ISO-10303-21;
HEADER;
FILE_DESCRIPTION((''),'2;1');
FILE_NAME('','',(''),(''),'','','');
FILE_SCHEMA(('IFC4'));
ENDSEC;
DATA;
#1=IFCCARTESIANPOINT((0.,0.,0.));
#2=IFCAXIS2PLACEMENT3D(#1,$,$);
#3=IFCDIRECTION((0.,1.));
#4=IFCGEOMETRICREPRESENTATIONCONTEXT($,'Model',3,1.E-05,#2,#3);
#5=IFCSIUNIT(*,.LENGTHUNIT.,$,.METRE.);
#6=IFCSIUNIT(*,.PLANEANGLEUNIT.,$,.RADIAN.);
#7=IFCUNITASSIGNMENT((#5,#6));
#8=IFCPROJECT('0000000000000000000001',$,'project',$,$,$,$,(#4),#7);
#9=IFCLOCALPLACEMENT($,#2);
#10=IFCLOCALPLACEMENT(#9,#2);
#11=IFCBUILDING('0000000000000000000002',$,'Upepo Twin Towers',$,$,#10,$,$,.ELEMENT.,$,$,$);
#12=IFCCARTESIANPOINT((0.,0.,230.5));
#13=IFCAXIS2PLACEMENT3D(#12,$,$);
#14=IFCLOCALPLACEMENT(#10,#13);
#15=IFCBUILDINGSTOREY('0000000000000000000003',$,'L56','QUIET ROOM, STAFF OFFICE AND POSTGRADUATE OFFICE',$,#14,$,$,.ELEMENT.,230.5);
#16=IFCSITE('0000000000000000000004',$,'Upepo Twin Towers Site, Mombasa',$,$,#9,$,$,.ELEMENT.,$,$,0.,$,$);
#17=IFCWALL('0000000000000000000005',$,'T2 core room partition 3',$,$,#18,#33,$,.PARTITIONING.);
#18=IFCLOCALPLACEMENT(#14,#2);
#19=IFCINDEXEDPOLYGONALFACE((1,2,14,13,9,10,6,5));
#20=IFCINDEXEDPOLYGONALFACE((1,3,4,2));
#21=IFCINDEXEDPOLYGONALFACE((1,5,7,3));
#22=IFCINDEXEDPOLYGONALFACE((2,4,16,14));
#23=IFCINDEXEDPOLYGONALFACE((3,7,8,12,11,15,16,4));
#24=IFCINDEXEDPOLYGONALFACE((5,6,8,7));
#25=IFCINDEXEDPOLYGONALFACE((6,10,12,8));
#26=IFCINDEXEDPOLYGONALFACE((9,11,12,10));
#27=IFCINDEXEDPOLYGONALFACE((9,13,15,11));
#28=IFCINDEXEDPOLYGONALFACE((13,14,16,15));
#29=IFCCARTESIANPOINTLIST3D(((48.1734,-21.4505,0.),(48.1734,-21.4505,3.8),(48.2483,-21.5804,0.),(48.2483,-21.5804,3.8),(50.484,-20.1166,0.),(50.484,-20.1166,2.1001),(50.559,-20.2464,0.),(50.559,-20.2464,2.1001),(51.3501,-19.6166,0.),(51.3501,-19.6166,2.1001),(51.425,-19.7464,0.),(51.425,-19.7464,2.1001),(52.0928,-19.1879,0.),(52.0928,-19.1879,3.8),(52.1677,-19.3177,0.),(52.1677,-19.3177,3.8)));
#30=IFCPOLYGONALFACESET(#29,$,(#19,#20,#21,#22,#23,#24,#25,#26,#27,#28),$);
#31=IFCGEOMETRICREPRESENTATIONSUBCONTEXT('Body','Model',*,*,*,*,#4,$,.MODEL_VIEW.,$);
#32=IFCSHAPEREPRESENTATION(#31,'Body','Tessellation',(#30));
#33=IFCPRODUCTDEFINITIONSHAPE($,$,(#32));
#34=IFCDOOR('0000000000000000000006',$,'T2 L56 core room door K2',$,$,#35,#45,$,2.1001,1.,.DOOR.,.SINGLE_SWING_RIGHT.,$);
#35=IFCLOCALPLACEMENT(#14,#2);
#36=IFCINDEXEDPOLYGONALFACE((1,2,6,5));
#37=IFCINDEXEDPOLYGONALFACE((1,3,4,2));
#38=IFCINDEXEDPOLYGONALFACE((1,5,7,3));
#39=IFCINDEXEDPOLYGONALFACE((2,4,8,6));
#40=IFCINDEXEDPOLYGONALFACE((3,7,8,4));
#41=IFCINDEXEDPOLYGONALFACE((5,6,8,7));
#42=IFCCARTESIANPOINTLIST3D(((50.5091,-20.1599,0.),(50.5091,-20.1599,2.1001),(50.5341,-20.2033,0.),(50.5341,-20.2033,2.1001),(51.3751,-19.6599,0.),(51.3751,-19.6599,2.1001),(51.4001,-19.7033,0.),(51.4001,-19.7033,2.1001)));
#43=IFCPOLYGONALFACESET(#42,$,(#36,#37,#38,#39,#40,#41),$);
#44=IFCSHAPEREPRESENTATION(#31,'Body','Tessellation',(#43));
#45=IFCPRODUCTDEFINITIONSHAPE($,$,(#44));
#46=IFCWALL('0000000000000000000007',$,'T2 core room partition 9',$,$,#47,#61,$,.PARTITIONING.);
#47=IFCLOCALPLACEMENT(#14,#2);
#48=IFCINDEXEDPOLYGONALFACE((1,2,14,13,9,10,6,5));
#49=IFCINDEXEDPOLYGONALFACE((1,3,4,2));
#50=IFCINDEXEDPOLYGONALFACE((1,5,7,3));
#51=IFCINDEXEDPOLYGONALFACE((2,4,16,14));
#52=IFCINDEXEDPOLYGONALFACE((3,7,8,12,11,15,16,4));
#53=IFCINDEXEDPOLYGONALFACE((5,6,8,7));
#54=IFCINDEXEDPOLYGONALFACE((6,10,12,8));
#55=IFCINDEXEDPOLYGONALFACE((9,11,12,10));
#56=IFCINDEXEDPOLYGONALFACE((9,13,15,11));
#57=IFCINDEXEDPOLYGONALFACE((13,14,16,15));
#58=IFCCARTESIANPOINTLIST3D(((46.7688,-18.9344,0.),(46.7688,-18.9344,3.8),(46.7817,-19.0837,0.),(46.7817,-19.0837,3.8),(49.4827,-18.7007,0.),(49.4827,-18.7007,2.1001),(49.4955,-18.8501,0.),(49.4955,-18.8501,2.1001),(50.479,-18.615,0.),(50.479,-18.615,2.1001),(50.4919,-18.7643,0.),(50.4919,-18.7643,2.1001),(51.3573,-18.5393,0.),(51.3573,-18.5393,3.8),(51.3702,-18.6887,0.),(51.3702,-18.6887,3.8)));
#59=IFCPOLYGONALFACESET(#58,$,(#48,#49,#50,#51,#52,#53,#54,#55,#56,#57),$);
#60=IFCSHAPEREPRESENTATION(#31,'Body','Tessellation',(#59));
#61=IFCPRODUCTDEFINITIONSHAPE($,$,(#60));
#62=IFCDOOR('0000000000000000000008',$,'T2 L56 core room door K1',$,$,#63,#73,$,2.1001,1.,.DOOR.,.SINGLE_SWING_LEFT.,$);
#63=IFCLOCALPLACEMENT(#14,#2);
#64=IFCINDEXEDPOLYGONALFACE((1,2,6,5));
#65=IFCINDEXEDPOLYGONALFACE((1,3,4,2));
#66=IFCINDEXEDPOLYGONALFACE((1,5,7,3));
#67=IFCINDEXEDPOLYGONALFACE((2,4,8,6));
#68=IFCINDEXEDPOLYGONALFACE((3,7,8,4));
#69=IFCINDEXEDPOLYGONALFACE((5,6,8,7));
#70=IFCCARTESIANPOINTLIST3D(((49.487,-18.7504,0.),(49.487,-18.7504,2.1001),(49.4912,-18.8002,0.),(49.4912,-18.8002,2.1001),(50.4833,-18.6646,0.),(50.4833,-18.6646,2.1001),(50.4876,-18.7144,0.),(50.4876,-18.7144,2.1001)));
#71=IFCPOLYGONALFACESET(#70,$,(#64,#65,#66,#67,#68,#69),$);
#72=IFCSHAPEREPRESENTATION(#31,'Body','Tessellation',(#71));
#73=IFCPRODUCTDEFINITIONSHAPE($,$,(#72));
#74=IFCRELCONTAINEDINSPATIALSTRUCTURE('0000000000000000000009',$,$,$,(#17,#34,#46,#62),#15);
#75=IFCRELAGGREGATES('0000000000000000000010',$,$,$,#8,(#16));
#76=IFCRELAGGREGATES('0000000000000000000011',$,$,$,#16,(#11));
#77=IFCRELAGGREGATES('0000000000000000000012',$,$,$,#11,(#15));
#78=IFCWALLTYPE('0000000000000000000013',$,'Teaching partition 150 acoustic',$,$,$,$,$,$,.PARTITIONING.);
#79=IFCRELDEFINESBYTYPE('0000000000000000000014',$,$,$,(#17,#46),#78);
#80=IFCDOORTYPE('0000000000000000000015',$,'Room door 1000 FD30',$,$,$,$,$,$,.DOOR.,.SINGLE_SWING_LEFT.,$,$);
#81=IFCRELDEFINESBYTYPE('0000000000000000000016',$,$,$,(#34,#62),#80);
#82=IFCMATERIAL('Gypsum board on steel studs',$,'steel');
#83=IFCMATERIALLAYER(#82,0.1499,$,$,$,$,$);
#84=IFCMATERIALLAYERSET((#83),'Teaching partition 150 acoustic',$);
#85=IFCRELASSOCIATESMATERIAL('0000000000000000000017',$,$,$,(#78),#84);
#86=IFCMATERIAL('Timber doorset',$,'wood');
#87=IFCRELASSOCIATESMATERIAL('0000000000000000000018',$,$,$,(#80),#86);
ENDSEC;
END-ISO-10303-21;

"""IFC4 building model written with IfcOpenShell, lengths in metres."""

from ifc_helpers import new_model, si_unit, direction, frame, frame_2d, origin, place, context, subcontext, project, spatial, rectangle, extrude, material, layer, layer_set, type_object, element, fill, save


model = new_model("IFC4")

# Units and contexts
model_context = context("Model", 3, precision=1e-05, world=origin(), true_north=direction((0.0, 1.0)))
body_context = subcontext(model_context, "Body", "Model", "MODEL_VIEW")
ifc_project = project(units=[si_unit("LENGTHUNIT", "METRE"), si_unit("PLANEANGLEUNIT", "RADIAN")], contexts=[model_context])

# Site, building, storey
site_placement = place(None, origin())
site = spatial("IfcSite", under=ifc_project, at=site_placement, Name="Upepo Twin Towers Site, Mombasa", CompositionType="ELEMENT", RefElevation=0.0)
building_placement = place(site_placement, origin())
building = spatial("IfcBuilding", under=site, at=building_placement, Name="Upepo Twin Towers", CompositionType="ELEMENT")
storey_placement = place(building_placement, frame((0.0, 0.0, 230.5)))
storey = spatial("IfcBuildingStorey", under=building, at=storey_placement, Name="L56", Description="QUIET ROOM, STAFF OFFICE AND POSTGRADUATE OFFICE", CompositionType="ELEMENT", Elevation=230.5)

# Walls, openings, doors
ifc_material_1 = material(Name="Gypsum board on steel studs", Category="steel")
ifc_layer_1 = layer(ifc_material_1, 0.1499)
ifc_layer_set_1 = layer_set([ifc_layer_1], Name="Teaching partition 150 acoustic")
wall_type_1 = type_object("IfcWallType", Name="Teaching partition 150 acoustic", PredefinedType="PARTITIONING", material=ifc_layer_set_1)
wall_1_placement = place(storey_placement, frame((48.2109, -21.5154, 0.0), z_axis=(0.0, 0.0, 1.0), x_axis=(0.866044, 0.499968, 0.0)))
wall_1 = element("IfcWall", 1, at=wall_1_placement, inside=storey, type_object=wall_type_1, Name="T2 core room partition 3", PredefinedType="PARTITIONING", context=body_context, shape_type="SweptSolid", body=[
    extrude(rectangle(XDim=4.5256, YDim=0.1499, at=frame_2d((2.2627, 0.0))), origin(), (0.0, 0.0, 1.0), 3.8),
])
opening_1_placement = place(wall_1_placement, frame((2.668, 0.0, 0.0)))
opening_1 = element("IfcOpeningElement", 2, at=opening_1_placement, cuts=wall_1, PredefinedType="OPENING", context=body_context, shape_type="SweptSolid", body=[
    extrude(rectangle(XDim=1.0, YDim=2.1001, at=frame_2d((0.5, 1.05))), frame((0.0, 0.085, 0.0), z_axis=(0.0, -1.0, 0.0), x_axis=(1.0, 0.0, 0.0)), (0.0, 0.0, 1.0), 0.1699),
])
ifc_material_2 = material(Name="Timber doorset", Category="wood")
door_type_1 = type_object("IfcDoorType", Name="Room door 1000 FD30", OperationType="SINGLE_SWING_LEFT", PredefinedType="DOOR", material=ifc_material_2)
door_1_placement = place(opening_1_placement, origin())
door_1 = element("IfcDoor", 3, at=door_1_placement, inside=storey, type_object=door_type_1, Name="T2 L56 core room door K2", OperationType="SINGLE_SWING_RIGHT", OverallHeight=2.1001, OverallWidth=1.0, PredefinedType="DOOR", context=body_context, shape_type="SweptSolid", body=[
    extrude(rectangle(XDim=1.0, YDim=2.1001, at=frame_2d((0.5, 1.05))), frame((0.0, 0.0249, 0.0), z_axis=(0.0, -1.0, 0.0), x_axis=(1.0, 0.0, 0.0)), (0.0, 0.0, 1.0), 0.05),
])
fill(opening_1, door_1)
wall_2_placement = place(storey_placement, frame((51.3638, -18.614, 0.0), z_axis=(0.0, 0.0, 1.0), x_axis=(-0.996315, -0.085774, 0.0)))
wall_2 = element("IfcWall", 4, at=wall_2_placement, inside=storey, type_object=wall_type_1, Name="T2 core room partition 9", PredefinedType="PARTITIONING", context=body_context, shape_type="SweptSolid", body=[
    extrude(rectangle(XDim=4.6055, YDim=0.1499, at=frame_2d((2.3027, 0.0))), origin(), (0.0, 0.0, 1.0), 3.8),
])
opening_2_placement = place(wall_2_placement, frame((0.8816, 0.0, 0.0)))
opening_2 = element("IfcOpeningElement", 5, at=opening_2_placement, cuts=wall_2, PredefinedType="OPENING", context=body_context, shape_type="SweptSolid", body=[
    extrude(rectangle(XDim=1.0, YDim=2.1001, at=frame_2d((0.5, 1.05))), frame((0.0, 0.085, 0.0), z_axis=(0.0, -1.0, 0.0), x_axis=(1.0, 0.0, 0.0)), (0.0, 0.0, 1.0), 0.1699),
])
door_2_placement = place(opening_2_placement, origin())
door_2 = element("IfcDoor", 6, at=door_2_placement, inside=storey, type_object=door_type_1, Name="T2 L56 core room door K1", OperationType="SINGLE_SWING_LEFT", OverallHeight=2.1001, OverallWidth=1.0, PredefinedType="DOOR", context=body_context, shape_type="SweptSolid", body=[
    extrude(rectangle(XDim=1.0, YDim=2.1001, at=frame_2d((0.5, 1.05))), frame((0.0, 0.0249, 0.0), z_axis=(0.0, -1.0, 0.0), x_axis=(1.0, 0.0, 0.0)), (0.0, 0.0, 1.0), 0.05),
])
fill(opening_2, door_2)

save(model, "model.ifc")
